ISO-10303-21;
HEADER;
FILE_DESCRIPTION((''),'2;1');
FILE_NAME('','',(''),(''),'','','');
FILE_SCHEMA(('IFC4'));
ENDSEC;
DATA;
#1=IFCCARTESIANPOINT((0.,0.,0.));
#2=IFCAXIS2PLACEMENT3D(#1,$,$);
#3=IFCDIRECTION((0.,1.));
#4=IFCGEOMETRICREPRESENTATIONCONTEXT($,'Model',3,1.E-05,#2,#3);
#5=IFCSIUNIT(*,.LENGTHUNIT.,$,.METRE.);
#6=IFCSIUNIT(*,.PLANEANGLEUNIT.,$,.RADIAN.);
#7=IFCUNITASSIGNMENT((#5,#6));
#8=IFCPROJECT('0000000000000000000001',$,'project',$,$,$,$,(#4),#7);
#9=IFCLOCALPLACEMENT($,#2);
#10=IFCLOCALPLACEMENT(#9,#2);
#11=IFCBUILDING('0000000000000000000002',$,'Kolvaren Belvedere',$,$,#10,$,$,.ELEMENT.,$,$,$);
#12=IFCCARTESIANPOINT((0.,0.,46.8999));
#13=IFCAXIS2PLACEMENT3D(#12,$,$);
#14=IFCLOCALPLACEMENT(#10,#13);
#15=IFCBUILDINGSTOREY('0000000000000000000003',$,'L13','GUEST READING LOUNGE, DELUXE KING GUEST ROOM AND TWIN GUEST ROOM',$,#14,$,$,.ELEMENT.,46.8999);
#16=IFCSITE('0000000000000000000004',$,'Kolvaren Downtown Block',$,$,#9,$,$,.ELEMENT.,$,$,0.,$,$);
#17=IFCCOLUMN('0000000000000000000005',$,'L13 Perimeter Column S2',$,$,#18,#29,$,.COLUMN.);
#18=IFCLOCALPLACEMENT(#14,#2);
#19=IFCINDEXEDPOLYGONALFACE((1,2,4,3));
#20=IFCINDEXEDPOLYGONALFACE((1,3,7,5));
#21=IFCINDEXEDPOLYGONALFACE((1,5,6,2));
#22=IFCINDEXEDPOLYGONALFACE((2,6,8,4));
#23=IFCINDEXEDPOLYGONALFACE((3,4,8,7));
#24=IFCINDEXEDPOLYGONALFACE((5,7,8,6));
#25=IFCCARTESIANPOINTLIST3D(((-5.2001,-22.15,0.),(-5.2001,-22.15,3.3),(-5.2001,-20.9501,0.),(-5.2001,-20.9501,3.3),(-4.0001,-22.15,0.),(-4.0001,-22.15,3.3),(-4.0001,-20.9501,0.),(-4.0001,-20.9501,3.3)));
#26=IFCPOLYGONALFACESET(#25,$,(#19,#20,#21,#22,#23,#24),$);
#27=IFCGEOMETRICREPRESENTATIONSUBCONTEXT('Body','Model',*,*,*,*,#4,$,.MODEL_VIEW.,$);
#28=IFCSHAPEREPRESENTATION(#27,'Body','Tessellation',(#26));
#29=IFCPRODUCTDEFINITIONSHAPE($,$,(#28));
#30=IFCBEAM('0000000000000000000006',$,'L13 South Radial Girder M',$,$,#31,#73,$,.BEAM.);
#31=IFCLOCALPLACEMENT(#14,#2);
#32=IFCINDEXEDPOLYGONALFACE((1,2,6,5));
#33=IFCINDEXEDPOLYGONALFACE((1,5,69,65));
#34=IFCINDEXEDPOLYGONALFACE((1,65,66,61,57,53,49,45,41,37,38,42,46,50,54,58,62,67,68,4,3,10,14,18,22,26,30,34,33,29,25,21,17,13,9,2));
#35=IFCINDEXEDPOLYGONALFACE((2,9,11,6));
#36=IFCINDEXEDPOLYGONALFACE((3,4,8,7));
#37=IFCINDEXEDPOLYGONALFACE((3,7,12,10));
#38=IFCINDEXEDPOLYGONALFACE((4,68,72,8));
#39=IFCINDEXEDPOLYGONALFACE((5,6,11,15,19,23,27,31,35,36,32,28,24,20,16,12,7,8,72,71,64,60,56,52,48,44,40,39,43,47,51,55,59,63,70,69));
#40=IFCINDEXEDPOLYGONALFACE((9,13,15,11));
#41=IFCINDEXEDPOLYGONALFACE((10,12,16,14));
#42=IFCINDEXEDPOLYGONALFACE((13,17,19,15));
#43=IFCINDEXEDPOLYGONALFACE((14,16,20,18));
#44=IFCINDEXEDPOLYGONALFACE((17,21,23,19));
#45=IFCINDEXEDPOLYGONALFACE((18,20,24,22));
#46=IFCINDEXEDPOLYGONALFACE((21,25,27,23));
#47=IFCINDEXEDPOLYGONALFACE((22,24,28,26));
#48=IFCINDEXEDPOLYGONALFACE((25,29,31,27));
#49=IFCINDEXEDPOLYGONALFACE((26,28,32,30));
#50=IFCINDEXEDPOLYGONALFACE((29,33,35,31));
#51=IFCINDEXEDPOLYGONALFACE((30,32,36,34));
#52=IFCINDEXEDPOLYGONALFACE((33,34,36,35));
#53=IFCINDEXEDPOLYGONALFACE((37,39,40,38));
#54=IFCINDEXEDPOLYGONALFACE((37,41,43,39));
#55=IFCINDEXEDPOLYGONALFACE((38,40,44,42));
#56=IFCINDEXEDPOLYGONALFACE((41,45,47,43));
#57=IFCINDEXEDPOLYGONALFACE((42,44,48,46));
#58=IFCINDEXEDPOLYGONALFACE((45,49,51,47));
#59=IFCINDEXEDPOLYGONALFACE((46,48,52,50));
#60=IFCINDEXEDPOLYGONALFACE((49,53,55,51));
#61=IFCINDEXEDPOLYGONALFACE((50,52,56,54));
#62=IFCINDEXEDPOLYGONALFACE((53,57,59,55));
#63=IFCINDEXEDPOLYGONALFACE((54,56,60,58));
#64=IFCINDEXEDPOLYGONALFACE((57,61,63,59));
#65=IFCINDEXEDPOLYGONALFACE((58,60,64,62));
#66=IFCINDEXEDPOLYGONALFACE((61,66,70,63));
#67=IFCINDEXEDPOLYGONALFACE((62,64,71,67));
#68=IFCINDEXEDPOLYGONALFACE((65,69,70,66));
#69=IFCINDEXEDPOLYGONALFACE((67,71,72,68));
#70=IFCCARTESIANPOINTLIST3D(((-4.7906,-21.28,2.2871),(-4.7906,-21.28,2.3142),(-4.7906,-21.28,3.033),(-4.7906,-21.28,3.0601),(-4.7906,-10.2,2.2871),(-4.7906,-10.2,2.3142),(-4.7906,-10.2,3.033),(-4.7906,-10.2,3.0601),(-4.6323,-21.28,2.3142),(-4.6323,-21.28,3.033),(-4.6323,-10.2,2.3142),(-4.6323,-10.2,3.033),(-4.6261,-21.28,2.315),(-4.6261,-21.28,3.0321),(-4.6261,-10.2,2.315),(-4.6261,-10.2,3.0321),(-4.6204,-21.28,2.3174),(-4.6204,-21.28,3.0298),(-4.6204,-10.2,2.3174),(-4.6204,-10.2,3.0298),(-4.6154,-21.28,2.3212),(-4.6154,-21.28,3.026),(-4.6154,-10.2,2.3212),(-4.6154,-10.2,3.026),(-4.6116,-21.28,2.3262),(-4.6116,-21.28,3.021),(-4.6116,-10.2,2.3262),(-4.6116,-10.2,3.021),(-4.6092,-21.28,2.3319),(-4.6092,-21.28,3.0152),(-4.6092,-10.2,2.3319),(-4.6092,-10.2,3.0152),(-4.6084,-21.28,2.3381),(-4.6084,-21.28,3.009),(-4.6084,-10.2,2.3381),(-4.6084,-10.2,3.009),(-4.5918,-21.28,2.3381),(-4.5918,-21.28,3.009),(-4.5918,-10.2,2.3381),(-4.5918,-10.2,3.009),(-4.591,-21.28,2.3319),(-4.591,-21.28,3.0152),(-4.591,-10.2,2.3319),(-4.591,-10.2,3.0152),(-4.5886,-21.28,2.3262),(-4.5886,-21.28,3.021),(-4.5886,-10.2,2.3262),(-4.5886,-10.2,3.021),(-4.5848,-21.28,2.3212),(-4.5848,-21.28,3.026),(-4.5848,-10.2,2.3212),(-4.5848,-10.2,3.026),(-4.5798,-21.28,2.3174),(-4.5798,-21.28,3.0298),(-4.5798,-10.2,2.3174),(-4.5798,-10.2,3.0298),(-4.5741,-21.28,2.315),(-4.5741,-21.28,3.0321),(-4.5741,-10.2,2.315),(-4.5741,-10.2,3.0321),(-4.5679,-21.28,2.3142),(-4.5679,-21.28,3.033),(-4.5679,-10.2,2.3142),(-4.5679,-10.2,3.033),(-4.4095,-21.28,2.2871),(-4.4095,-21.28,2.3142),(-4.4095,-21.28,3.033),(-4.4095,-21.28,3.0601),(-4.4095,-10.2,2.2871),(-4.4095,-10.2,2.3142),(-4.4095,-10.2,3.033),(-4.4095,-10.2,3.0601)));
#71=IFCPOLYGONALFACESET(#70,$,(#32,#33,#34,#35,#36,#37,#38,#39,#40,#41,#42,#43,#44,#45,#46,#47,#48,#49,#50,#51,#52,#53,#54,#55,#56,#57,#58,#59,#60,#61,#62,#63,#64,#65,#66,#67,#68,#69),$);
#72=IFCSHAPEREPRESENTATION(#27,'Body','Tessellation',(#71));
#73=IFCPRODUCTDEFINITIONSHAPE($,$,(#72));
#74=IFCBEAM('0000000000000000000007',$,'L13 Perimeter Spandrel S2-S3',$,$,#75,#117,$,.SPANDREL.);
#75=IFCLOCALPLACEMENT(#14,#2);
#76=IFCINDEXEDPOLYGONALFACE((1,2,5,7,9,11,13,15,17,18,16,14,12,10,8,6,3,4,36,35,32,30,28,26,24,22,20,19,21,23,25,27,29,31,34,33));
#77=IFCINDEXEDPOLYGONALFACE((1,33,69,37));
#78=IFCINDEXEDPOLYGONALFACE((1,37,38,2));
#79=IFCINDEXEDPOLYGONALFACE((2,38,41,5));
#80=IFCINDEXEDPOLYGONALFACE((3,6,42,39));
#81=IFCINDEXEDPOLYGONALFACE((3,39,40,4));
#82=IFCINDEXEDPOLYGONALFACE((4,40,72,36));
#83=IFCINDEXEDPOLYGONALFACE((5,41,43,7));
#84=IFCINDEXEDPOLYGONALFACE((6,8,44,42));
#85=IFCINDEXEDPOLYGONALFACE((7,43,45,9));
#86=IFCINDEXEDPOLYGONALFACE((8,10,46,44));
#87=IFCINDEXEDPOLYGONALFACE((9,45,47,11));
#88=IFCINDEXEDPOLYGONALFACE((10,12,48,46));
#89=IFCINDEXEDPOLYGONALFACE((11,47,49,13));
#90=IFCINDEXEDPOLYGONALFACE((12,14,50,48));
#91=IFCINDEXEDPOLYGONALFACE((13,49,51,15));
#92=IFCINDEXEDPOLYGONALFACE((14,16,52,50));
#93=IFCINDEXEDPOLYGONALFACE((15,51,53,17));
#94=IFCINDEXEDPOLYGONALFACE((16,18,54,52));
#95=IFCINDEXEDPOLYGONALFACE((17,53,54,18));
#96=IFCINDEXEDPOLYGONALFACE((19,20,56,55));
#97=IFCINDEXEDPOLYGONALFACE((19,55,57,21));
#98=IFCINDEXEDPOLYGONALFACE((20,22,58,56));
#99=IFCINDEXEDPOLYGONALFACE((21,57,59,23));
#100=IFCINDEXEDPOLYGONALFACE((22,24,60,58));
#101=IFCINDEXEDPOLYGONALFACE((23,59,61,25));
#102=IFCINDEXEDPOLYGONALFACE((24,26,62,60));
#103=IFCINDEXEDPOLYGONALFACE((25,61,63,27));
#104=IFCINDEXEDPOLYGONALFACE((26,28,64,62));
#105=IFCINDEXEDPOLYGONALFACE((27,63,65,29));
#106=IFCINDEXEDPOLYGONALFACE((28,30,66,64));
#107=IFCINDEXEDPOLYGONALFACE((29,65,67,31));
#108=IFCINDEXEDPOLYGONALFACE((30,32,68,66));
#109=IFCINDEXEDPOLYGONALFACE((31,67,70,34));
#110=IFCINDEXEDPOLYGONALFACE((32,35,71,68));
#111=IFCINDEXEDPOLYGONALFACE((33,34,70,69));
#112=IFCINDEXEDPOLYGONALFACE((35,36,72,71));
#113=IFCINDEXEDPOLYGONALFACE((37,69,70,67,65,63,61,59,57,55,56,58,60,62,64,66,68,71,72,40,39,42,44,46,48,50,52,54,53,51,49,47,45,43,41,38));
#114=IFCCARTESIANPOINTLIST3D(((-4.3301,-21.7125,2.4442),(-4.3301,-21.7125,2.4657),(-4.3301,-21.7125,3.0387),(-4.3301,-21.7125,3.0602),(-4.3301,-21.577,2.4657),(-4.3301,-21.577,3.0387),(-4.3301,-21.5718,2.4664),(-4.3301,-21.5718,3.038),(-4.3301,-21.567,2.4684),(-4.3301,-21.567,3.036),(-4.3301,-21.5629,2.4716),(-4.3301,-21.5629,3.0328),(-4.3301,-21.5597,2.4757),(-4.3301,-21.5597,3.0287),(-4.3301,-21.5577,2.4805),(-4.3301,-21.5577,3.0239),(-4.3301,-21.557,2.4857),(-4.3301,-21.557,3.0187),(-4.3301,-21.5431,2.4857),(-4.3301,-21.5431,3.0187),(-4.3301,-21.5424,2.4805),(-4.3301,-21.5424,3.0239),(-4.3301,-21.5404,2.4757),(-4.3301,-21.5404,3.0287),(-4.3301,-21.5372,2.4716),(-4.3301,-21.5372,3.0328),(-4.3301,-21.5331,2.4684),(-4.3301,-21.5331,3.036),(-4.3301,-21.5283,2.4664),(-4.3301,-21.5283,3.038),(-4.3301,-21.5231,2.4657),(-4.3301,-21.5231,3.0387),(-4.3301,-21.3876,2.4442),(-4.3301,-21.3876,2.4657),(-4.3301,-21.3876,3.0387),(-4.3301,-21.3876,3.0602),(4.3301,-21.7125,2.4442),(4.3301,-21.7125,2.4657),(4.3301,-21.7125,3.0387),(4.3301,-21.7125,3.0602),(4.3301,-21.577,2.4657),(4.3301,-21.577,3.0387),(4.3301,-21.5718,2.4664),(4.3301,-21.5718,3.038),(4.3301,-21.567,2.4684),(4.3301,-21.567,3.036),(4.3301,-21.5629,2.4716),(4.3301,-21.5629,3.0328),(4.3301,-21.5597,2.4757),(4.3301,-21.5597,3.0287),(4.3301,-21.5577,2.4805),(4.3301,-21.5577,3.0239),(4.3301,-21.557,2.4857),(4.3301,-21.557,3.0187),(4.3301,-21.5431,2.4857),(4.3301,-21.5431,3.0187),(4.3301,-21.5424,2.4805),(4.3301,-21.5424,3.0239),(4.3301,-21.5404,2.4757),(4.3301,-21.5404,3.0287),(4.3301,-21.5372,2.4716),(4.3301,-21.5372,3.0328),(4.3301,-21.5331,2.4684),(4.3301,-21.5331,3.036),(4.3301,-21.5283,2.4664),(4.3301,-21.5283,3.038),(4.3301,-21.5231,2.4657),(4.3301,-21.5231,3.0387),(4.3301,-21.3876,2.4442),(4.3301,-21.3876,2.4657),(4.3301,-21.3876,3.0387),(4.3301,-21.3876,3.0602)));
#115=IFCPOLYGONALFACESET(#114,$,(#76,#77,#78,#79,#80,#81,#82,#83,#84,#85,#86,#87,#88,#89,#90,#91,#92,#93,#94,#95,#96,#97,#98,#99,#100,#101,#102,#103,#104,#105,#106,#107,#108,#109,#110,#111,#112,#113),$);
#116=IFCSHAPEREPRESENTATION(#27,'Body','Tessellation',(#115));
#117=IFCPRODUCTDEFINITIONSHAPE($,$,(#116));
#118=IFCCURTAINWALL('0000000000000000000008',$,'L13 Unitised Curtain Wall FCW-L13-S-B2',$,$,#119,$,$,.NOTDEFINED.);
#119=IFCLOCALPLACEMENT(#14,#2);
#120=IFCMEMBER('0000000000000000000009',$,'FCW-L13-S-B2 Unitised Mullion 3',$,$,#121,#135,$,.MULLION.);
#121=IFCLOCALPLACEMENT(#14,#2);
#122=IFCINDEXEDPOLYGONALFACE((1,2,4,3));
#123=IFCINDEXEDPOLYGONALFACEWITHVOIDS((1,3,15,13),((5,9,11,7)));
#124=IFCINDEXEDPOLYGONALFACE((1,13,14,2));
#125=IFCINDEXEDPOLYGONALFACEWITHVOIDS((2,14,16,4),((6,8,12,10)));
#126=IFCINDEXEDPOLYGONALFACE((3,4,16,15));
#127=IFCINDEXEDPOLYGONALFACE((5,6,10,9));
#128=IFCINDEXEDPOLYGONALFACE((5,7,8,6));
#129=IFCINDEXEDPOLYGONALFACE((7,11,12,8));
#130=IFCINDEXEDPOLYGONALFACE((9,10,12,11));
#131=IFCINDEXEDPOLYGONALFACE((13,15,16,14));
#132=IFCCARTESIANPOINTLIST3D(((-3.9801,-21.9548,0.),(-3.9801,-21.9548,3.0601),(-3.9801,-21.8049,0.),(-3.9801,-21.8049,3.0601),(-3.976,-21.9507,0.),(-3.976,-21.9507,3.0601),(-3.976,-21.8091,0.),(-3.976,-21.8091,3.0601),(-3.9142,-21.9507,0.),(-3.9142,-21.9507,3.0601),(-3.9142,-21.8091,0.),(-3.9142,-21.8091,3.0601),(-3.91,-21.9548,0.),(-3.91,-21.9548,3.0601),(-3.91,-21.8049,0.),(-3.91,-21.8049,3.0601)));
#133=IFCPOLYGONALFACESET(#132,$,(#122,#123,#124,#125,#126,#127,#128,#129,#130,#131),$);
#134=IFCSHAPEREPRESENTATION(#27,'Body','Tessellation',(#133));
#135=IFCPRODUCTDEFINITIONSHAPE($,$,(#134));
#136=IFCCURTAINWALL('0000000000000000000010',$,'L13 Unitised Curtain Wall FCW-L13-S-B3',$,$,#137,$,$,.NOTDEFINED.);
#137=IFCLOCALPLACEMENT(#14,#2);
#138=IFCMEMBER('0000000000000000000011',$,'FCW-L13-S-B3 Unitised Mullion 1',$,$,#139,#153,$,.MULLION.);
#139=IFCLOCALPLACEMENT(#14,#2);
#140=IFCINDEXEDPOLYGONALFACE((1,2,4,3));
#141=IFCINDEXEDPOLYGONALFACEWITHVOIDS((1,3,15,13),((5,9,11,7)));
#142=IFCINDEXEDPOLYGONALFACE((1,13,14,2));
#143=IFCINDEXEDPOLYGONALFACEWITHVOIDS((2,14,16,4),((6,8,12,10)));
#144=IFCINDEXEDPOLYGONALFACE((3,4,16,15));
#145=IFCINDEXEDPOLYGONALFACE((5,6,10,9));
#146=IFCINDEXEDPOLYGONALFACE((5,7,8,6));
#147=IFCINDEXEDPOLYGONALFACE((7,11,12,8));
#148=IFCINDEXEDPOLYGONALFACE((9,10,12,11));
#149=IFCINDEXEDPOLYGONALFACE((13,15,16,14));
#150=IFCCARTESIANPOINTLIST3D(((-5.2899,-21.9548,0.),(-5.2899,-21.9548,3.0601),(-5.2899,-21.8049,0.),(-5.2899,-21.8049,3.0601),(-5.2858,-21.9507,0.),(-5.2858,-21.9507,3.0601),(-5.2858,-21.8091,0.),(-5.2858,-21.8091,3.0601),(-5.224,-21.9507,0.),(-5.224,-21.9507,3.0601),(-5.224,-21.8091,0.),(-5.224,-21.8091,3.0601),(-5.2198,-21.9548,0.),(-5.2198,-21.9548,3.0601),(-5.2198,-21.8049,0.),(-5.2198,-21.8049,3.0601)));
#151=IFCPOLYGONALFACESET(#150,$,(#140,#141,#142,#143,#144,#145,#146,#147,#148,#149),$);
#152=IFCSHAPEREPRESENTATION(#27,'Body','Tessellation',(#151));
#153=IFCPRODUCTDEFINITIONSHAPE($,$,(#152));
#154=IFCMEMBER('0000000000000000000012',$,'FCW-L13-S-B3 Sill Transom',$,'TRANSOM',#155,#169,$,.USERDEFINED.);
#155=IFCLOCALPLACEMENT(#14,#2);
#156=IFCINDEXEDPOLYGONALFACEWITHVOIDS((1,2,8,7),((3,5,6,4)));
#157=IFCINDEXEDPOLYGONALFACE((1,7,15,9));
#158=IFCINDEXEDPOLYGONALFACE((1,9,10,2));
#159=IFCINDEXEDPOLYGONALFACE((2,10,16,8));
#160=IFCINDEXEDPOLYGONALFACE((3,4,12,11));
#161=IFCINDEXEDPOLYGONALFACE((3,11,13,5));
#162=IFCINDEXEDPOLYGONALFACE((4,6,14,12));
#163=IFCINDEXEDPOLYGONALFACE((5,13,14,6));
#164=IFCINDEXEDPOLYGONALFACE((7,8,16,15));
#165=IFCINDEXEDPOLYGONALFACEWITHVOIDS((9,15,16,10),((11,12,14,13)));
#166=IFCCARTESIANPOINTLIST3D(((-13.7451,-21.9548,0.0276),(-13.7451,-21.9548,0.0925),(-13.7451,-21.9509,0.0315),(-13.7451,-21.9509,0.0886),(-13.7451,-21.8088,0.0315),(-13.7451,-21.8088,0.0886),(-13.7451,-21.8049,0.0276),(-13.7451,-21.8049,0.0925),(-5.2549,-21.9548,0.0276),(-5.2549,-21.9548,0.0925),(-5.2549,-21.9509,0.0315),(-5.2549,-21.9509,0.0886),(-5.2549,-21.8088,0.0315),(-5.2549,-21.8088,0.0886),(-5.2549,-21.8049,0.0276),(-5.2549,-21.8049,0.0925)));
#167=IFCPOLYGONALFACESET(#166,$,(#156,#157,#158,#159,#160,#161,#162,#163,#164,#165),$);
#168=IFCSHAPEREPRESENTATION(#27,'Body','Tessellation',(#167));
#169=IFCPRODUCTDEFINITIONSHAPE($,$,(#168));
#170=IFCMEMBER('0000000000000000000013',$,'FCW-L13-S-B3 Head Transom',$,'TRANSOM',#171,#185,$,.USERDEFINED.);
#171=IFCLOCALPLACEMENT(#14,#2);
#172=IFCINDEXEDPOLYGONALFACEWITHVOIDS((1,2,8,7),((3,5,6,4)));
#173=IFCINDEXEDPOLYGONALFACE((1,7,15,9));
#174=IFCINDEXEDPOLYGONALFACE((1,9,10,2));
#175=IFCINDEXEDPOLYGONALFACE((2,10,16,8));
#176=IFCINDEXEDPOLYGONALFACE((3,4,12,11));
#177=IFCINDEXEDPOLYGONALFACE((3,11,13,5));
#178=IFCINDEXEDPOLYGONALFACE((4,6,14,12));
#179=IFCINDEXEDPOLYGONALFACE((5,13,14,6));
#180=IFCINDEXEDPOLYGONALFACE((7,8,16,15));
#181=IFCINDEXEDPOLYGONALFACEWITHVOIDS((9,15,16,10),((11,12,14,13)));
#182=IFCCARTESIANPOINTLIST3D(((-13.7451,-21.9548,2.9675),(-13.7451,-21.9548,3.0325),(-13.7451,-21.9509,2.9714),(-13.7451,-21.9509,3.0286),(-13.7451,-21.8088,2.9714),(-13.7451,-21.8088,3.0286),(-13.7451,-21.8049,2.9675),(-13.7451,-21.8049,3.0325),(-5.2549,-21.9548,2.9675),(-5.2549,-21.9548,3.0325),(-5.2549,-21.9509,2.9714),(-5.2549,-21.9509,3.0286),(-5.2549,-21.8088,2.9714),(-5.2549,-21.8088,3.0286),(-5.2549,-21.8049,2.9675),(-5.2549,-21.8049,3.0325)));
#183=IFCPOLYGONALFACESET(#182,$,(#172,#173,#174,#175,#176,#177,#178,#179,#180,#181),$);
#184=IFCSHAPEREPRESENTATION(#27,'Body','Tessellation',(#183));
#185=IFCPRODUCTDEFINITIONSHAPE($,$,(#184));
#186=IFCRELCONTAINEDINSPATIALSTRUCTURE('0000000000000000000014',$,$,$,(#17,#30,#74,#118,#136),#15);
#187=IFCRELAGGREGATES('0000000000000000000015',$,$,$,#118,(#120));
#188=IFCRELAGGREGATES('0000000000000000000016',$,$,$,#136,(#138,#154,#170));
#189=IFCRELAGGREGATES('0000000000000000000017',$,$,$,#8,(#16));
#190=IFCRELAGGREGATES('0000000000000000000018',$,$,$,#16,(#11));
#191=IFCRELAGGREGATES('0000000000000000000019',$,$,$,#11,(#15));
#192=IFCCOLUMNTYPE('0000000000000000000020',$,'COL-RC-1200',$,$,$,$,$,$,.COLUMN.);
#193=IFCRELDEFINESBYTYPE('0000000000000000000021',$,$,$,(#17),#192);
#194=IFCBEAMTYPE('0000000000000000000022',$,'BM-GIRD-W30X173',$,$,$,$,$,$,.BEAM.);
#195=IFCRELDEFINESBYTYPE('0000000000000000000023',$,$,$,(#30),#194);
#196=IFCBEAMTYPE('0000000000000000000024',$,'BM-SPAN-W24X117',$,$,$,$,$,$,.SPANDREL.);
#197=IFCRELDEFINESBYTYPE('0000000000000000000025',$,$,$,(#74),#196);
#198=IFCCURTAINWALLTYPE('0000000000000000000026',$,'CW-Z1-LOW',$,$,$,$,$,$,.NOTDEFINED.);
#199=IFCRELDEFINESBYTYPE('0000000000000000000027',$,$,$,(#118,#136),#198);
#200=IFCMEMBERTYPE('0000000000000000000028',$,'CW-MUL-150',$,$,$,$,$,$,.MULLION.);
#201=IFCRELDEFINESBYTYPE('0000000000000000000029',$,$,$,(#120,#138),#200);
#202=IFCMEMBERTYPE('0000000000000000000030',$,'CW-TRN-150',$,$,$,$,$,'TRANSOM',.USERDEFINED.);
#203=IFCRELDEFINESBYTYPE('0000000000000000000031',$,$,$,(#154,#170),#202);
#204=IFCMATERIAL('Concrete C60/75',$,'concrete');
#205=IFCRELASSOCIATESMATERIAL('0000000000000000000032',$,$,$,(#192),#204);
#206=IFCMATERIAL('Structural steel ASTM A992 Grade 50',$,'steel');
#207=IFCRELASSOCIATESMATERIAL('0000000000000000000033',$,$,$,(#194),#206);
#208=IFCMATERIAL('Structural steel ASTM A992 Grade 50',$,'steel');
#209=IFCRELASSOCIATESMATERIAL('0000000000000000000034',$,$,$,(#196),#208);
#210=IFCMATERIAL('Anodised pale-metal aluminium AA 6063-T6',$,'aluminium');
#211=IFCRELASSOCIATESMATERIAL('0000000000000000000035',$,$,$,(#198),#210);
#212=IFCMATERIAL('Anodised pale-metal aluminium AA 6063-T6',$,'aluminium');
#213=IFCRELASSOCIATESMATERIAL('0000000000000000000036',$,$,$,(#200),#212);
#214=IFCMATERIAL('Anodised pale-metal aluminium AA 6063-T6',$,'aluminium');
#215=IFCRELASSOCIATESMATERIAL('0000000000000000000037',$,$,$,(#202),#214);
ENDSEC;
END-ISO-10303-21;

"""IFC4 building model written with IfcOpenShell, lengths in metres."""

from ifc_helpers import new_model, si_unit, direction, frame, origin, origin_2d, place, context, subcontext, project, spatial, rectangle, hollow_rectangle, i_section, extrude, material, material_profile, profile_set, type_object, element, aggregate, save


model = new_model("IFC4")

# Units and contexts
model_context = context("Model", 3, precision=1e-05, world=origin(), true_north=direction((0.0, 1.0)))
body_context = subcontext(model_context, "Body", "Model", "MODEL_VIEW")
ifc_project = project(units=[si_unit("LENGTHUNIT", "METRE"), si_unit("PLANEANGLEUNIT", "RADIAN")], contexts=[model_context])

# Site, building, storey
site_placement = place(None, origin())
site = spatial("IfcSite", under=ifc_project, at=site_placement, Name="Kolvaren Downtown Block", CompositionType="ELEMENT", RefElevation=0.0)
building_placement = place(site_placement, origin())
building = spatial("IfcBuilding", under=site, at=building_placement, Name="Kolvaren Belvedere", CompositionType="ELEMENT")
storey_placement = place(building_placement, frame((0.0, 0.0, 46.8999)))
storey = spatial("IfcBuildingStorey", under=building, at=storey_placement, Name="L13", Description="GUEST READING LOUNGE, DELUXE KING GUEST ROOM AND TWIN GUEST ROOM", CompositionType="ELEMENT", Elevation=46.8999)

# Column
ifc_material_1 = material(Name="Concrete C60/75", Category="concrete")
ifc_material_profile_1 = material_profile(ifc_material_1, rectangle(XDim=1.2, YDim=1.2, at=origin_2d()), Name="RC 1200X1200")
ifc_profile_set_1 = profile_set([ifc_material_profile_1], Name="Concrete C60/75")
column_type = type_object("IfcColumnType", Name="COL-RC-1200", PredefinedType="COLUMN", material=ifc_profile_set_1)
column_placement = place(storey_placement, frame((-4.6001, -21.55, 0.0), z_axis=(0.0, 0.0, 1.0), x_axis=(1.0, 0.0, 0.0)))
element("IfcColumn", 1, at=column_placement, inside=storey, type_object=column_type, Name="L13 Perimeter Column S2", PredefinedType="COLUMN", context=body_context, shape_type="SweptSolid", body=[
    extrude(rectangle(XDim=1.2, YDim=1.2, at=origin_2d()), origin(), (0.0, 0.0, 1.0), 3.3),
])

# Beams
ifc_material_2 = material(Name="Structural steel ASTM A992 Grade 50", Category="steel")
ifc_material_profile_2 = material_profile(ifc_material_2, i_section(OverallWidth=0.3811, OverallDepth=0.7729, WebThickness=0.0166, FlangeThickness=0.0271, FilletRadius=0.0239, at=origin_2d()), Name="W30X173")
ifc_profile_set_2 = profile_set([ifc_material_profile_2], Name="Structural steel ASTM A992 Grade 50")
beam_type_1 = type_object("IfcBeamType", Name="BM-GIRD-W30X173", PredefinedType="BEAM", material=ifc_profile_set_2)
beam_1_placement = place(storey_placement, frame((-4.6001, -10.2, 2.6736), z_axis=(0.0, -1.0, 0.0), x_axis=(1.0, 0.0, 0.0)))
element("IfcBeam", 2, at=beam_1_placement, inside=storey, type_object=beam_type_1, Name="L13 South Radial Girder M", PredefinedType="BEAM", context=body_context, shape_type="SweptSolid", body=[
    extrude(i_section(OverallWidth=0.3811, OverallDepth=0.7729, WebThickness=0.0166, FlangeThickness=0.0271, FilletRadius=0.0239, at=origin_2d()), origin(), (0.0, 0.0, 1.0), 11.0801),
])
ifc_material_3 = material(Name="Structural steel ASTM A992 Grade 50", Category="steel")
ifc_material_profile_3 = material_profile(ifc_material_3, i_section(OverallWidth=0.325, OverallDepth=0.616, WebThickness=0.0139, FlangeThickness=0.0215, FilletRadius=0.02, at=origin_2d()), Name="W24X117")
ifc_profile_set_3 = profile_set([ifc_material_profile_3], Name="Structural steel ASTM A992 Grade 50")
beam_type_2 = type_object("IfcBeamType", Name="BM-SPAN-W24X117", PredefinedType="SPANDREL", material=ifc_profile_set_3)
beam_2_placement = place(storey_placement, frame((-4.3301, -21.55, 2.7522), z_axis=(1.0, 0.0, 0.0), x_axis=(0.0, 1.0, 0.0)))
element("IfcBeam", 3, at=beam_2_placement, inside=storey, type_object=beam_type_2, Name="L13 Perimeter Spandrel S2-S3", PredefinedType="SPANDREL", context=body_context, shape_type="SweptSolid", body=[
    extrude(i_section(OverallWidth=0.325, OverallDepth=0.616, WebThickness=0.0139, FlangeThickness=0.0215, FilletRadius=0.02, at=origin_2d()), origin(), (0.0, 0.0, 1.0), 8.6602),
])

# Curtain wall, member
ifc_material_4 = material(Name="Anodised pale-metal aluminium AA 6063-T6", Category="aluminium")
curtain_wall_type = type_object("IfcCurtainWallType", Name="CW-Z1-LOW", PredefinedType="NOTDEFINED", material=ifc_material_4)
curtain_wall_1_placement = place(storey_placement, origin())
curtain_wall_1 = element("IfcCurtainWall", 4, at=curtain_wall_1_placement, inside=storey, type_object=curtain_wall_type, Name="L13 Unitised Curtain Wall FCW-L13-S-B2", PredefinedType="NOTDEFINED")
ifc_material_5 = material(Name="Anodised pale-metal aluminium AA 6063-T6", Category="aluminium")
ifc_material_profile_4 = material_profile(ifc_material_5, hollow_rectangle(XDim=0.0701, YDim=0.1499, WallThickness=0.0042, at=origin_2d()), Name="ALU-MUL-150X70")
ifc_profile_set_4 = profile_set([ifc_material_profile_4], Name="Anodised pale-metal aluminium AA 6063-T6")
member_type_1 = type_object("IfcMemberType", Name="CW-MUL-150", PredefinedType="MULLION", material=ifc_profile_set_4)
member_1_placement = place(storey_placement, frame((-3.9451, -21.8799, 0.0), z_axis=(0.0, 0.0, 1.0), x_axis=(1.0, 0.0, 0.0)))
member_1 = element("IfcMember", 5, at=member_1_placement, type_object=member_type_1, Name="FCW-L13-S-B2 Unitised Mullion 3", PredefinedType="MULLION", context=body_context, shape_type="SweptSolid", body=[
    extrude(hollow_rectangle(XDim=0.0701, YDim=0.1499, WallThickness=0.0042, at=origin_2d()), origin(), (0.0, 0.0, 1.0), 3.0601),
])

# Curtain wall, members
curtain_wall_2_placement = place(storey_placement, origin())
curtain_wall_2 = element("IfcCurtainWall", 6, at=curtain_wall_2_placement, inside=storey, type_object=curtain_wall_type, Name="L13 Unitised Curtain Wall FCW-L13-S-B3", PredefinedType="NOTDEFINED")
member_2_placement = place(storey_placement, frame((-5.2549, -21.8799, 0.0), z_axis=(0.0, 0.0, 1.0), x_axis=(1.0, 0.0, 0.0)))
member_2 = element("IfcMember", 7, at=member_2_placement, type_object=member_type_1, Name="FCW-L13-S-B3 Unitised Mullion 1", PredefinedType="MULLION", context=body_context, shape_type="SweptSolid", body=[
    extrude(hollow_rectangle(XDim=0.0701, YDim=0.1499, WallThickness=0.0042, at=origin_2d()), origin(), (0.0, 0.0, 1.0), 3.0601),
])
ifc_material_6 = material(Name="Anodised pale-metal aluminium AA 6063-T6", Category="aluminium")
ifc_material_profile_5 = material_profile(ifc_material_6, hollow_rectangle(XDim=0.0649, YDim=0.1499, WallThickness=0.0039, at=origin_2d()), Name="ALU-TRN-150X65")
ifc_profile_set_5 = profile_set([ifc_material_profile_5], Name="Anodised pale-metal aluminium AA 6063-T6")
member_type_2 = type_object("IfcMemberType", Name="CW-TRN-150", ElementType="TRANSOM", PredefinedType="USERDEFINED", material=ifc_profile_set_5)
member_3_placement = place(storey_placement, frame((-5.2549, -21.8799, 0.0601), z_axis=(-1.0, 0.0, 0.0), x_axis=(0.0, 0.0, 1.0)))
member_3 = element("IfcMember", 8, at=member_3_placement, type_object=member_type_2, Name="FCW-L13-S-B3 Sill Transom", ObjectType="TRANSOM", PredefinedType="USERDEFINED", context=body_context, shape_type="SweptSolid", body=[
    extrude(hollow_rectangle(XDim=0.0649, YDim=0.1499, WallThickness=0.0039, at=origin_2d()), origin(), (0.0, 0.0, 1.0), 8.4902),
])
member_4_placement = place(storey_placement, frame((-5.2549, -21.8799, 3.0), z_axis=(-1.0, 0.0, 0.0), x_axis=(0.0, 0.0, 1.0)))
member_4 = element("IfcMember", 9, at=member_4_placement, type_object=member_type_2, Name="FCW-L13-S-B3 Head Transom", ObjectType="TRANSOM", PredefinedType="USERDEFINED", context=body_context, shape_type="SweptSolid", body=[
    extrude(hollow_rectangle(XDim=0.0649, YDim=0.1499, WallThickness=0.0039, at=origin_2d()), origin(), (0.0, 0.0, 1.0), 8.4902),
])

aggregate(curtain_wall_1, [member_1])
aggregate(curtain_wall_2, [member_2, member_3, member_4])

save(model, "model.ifc")
